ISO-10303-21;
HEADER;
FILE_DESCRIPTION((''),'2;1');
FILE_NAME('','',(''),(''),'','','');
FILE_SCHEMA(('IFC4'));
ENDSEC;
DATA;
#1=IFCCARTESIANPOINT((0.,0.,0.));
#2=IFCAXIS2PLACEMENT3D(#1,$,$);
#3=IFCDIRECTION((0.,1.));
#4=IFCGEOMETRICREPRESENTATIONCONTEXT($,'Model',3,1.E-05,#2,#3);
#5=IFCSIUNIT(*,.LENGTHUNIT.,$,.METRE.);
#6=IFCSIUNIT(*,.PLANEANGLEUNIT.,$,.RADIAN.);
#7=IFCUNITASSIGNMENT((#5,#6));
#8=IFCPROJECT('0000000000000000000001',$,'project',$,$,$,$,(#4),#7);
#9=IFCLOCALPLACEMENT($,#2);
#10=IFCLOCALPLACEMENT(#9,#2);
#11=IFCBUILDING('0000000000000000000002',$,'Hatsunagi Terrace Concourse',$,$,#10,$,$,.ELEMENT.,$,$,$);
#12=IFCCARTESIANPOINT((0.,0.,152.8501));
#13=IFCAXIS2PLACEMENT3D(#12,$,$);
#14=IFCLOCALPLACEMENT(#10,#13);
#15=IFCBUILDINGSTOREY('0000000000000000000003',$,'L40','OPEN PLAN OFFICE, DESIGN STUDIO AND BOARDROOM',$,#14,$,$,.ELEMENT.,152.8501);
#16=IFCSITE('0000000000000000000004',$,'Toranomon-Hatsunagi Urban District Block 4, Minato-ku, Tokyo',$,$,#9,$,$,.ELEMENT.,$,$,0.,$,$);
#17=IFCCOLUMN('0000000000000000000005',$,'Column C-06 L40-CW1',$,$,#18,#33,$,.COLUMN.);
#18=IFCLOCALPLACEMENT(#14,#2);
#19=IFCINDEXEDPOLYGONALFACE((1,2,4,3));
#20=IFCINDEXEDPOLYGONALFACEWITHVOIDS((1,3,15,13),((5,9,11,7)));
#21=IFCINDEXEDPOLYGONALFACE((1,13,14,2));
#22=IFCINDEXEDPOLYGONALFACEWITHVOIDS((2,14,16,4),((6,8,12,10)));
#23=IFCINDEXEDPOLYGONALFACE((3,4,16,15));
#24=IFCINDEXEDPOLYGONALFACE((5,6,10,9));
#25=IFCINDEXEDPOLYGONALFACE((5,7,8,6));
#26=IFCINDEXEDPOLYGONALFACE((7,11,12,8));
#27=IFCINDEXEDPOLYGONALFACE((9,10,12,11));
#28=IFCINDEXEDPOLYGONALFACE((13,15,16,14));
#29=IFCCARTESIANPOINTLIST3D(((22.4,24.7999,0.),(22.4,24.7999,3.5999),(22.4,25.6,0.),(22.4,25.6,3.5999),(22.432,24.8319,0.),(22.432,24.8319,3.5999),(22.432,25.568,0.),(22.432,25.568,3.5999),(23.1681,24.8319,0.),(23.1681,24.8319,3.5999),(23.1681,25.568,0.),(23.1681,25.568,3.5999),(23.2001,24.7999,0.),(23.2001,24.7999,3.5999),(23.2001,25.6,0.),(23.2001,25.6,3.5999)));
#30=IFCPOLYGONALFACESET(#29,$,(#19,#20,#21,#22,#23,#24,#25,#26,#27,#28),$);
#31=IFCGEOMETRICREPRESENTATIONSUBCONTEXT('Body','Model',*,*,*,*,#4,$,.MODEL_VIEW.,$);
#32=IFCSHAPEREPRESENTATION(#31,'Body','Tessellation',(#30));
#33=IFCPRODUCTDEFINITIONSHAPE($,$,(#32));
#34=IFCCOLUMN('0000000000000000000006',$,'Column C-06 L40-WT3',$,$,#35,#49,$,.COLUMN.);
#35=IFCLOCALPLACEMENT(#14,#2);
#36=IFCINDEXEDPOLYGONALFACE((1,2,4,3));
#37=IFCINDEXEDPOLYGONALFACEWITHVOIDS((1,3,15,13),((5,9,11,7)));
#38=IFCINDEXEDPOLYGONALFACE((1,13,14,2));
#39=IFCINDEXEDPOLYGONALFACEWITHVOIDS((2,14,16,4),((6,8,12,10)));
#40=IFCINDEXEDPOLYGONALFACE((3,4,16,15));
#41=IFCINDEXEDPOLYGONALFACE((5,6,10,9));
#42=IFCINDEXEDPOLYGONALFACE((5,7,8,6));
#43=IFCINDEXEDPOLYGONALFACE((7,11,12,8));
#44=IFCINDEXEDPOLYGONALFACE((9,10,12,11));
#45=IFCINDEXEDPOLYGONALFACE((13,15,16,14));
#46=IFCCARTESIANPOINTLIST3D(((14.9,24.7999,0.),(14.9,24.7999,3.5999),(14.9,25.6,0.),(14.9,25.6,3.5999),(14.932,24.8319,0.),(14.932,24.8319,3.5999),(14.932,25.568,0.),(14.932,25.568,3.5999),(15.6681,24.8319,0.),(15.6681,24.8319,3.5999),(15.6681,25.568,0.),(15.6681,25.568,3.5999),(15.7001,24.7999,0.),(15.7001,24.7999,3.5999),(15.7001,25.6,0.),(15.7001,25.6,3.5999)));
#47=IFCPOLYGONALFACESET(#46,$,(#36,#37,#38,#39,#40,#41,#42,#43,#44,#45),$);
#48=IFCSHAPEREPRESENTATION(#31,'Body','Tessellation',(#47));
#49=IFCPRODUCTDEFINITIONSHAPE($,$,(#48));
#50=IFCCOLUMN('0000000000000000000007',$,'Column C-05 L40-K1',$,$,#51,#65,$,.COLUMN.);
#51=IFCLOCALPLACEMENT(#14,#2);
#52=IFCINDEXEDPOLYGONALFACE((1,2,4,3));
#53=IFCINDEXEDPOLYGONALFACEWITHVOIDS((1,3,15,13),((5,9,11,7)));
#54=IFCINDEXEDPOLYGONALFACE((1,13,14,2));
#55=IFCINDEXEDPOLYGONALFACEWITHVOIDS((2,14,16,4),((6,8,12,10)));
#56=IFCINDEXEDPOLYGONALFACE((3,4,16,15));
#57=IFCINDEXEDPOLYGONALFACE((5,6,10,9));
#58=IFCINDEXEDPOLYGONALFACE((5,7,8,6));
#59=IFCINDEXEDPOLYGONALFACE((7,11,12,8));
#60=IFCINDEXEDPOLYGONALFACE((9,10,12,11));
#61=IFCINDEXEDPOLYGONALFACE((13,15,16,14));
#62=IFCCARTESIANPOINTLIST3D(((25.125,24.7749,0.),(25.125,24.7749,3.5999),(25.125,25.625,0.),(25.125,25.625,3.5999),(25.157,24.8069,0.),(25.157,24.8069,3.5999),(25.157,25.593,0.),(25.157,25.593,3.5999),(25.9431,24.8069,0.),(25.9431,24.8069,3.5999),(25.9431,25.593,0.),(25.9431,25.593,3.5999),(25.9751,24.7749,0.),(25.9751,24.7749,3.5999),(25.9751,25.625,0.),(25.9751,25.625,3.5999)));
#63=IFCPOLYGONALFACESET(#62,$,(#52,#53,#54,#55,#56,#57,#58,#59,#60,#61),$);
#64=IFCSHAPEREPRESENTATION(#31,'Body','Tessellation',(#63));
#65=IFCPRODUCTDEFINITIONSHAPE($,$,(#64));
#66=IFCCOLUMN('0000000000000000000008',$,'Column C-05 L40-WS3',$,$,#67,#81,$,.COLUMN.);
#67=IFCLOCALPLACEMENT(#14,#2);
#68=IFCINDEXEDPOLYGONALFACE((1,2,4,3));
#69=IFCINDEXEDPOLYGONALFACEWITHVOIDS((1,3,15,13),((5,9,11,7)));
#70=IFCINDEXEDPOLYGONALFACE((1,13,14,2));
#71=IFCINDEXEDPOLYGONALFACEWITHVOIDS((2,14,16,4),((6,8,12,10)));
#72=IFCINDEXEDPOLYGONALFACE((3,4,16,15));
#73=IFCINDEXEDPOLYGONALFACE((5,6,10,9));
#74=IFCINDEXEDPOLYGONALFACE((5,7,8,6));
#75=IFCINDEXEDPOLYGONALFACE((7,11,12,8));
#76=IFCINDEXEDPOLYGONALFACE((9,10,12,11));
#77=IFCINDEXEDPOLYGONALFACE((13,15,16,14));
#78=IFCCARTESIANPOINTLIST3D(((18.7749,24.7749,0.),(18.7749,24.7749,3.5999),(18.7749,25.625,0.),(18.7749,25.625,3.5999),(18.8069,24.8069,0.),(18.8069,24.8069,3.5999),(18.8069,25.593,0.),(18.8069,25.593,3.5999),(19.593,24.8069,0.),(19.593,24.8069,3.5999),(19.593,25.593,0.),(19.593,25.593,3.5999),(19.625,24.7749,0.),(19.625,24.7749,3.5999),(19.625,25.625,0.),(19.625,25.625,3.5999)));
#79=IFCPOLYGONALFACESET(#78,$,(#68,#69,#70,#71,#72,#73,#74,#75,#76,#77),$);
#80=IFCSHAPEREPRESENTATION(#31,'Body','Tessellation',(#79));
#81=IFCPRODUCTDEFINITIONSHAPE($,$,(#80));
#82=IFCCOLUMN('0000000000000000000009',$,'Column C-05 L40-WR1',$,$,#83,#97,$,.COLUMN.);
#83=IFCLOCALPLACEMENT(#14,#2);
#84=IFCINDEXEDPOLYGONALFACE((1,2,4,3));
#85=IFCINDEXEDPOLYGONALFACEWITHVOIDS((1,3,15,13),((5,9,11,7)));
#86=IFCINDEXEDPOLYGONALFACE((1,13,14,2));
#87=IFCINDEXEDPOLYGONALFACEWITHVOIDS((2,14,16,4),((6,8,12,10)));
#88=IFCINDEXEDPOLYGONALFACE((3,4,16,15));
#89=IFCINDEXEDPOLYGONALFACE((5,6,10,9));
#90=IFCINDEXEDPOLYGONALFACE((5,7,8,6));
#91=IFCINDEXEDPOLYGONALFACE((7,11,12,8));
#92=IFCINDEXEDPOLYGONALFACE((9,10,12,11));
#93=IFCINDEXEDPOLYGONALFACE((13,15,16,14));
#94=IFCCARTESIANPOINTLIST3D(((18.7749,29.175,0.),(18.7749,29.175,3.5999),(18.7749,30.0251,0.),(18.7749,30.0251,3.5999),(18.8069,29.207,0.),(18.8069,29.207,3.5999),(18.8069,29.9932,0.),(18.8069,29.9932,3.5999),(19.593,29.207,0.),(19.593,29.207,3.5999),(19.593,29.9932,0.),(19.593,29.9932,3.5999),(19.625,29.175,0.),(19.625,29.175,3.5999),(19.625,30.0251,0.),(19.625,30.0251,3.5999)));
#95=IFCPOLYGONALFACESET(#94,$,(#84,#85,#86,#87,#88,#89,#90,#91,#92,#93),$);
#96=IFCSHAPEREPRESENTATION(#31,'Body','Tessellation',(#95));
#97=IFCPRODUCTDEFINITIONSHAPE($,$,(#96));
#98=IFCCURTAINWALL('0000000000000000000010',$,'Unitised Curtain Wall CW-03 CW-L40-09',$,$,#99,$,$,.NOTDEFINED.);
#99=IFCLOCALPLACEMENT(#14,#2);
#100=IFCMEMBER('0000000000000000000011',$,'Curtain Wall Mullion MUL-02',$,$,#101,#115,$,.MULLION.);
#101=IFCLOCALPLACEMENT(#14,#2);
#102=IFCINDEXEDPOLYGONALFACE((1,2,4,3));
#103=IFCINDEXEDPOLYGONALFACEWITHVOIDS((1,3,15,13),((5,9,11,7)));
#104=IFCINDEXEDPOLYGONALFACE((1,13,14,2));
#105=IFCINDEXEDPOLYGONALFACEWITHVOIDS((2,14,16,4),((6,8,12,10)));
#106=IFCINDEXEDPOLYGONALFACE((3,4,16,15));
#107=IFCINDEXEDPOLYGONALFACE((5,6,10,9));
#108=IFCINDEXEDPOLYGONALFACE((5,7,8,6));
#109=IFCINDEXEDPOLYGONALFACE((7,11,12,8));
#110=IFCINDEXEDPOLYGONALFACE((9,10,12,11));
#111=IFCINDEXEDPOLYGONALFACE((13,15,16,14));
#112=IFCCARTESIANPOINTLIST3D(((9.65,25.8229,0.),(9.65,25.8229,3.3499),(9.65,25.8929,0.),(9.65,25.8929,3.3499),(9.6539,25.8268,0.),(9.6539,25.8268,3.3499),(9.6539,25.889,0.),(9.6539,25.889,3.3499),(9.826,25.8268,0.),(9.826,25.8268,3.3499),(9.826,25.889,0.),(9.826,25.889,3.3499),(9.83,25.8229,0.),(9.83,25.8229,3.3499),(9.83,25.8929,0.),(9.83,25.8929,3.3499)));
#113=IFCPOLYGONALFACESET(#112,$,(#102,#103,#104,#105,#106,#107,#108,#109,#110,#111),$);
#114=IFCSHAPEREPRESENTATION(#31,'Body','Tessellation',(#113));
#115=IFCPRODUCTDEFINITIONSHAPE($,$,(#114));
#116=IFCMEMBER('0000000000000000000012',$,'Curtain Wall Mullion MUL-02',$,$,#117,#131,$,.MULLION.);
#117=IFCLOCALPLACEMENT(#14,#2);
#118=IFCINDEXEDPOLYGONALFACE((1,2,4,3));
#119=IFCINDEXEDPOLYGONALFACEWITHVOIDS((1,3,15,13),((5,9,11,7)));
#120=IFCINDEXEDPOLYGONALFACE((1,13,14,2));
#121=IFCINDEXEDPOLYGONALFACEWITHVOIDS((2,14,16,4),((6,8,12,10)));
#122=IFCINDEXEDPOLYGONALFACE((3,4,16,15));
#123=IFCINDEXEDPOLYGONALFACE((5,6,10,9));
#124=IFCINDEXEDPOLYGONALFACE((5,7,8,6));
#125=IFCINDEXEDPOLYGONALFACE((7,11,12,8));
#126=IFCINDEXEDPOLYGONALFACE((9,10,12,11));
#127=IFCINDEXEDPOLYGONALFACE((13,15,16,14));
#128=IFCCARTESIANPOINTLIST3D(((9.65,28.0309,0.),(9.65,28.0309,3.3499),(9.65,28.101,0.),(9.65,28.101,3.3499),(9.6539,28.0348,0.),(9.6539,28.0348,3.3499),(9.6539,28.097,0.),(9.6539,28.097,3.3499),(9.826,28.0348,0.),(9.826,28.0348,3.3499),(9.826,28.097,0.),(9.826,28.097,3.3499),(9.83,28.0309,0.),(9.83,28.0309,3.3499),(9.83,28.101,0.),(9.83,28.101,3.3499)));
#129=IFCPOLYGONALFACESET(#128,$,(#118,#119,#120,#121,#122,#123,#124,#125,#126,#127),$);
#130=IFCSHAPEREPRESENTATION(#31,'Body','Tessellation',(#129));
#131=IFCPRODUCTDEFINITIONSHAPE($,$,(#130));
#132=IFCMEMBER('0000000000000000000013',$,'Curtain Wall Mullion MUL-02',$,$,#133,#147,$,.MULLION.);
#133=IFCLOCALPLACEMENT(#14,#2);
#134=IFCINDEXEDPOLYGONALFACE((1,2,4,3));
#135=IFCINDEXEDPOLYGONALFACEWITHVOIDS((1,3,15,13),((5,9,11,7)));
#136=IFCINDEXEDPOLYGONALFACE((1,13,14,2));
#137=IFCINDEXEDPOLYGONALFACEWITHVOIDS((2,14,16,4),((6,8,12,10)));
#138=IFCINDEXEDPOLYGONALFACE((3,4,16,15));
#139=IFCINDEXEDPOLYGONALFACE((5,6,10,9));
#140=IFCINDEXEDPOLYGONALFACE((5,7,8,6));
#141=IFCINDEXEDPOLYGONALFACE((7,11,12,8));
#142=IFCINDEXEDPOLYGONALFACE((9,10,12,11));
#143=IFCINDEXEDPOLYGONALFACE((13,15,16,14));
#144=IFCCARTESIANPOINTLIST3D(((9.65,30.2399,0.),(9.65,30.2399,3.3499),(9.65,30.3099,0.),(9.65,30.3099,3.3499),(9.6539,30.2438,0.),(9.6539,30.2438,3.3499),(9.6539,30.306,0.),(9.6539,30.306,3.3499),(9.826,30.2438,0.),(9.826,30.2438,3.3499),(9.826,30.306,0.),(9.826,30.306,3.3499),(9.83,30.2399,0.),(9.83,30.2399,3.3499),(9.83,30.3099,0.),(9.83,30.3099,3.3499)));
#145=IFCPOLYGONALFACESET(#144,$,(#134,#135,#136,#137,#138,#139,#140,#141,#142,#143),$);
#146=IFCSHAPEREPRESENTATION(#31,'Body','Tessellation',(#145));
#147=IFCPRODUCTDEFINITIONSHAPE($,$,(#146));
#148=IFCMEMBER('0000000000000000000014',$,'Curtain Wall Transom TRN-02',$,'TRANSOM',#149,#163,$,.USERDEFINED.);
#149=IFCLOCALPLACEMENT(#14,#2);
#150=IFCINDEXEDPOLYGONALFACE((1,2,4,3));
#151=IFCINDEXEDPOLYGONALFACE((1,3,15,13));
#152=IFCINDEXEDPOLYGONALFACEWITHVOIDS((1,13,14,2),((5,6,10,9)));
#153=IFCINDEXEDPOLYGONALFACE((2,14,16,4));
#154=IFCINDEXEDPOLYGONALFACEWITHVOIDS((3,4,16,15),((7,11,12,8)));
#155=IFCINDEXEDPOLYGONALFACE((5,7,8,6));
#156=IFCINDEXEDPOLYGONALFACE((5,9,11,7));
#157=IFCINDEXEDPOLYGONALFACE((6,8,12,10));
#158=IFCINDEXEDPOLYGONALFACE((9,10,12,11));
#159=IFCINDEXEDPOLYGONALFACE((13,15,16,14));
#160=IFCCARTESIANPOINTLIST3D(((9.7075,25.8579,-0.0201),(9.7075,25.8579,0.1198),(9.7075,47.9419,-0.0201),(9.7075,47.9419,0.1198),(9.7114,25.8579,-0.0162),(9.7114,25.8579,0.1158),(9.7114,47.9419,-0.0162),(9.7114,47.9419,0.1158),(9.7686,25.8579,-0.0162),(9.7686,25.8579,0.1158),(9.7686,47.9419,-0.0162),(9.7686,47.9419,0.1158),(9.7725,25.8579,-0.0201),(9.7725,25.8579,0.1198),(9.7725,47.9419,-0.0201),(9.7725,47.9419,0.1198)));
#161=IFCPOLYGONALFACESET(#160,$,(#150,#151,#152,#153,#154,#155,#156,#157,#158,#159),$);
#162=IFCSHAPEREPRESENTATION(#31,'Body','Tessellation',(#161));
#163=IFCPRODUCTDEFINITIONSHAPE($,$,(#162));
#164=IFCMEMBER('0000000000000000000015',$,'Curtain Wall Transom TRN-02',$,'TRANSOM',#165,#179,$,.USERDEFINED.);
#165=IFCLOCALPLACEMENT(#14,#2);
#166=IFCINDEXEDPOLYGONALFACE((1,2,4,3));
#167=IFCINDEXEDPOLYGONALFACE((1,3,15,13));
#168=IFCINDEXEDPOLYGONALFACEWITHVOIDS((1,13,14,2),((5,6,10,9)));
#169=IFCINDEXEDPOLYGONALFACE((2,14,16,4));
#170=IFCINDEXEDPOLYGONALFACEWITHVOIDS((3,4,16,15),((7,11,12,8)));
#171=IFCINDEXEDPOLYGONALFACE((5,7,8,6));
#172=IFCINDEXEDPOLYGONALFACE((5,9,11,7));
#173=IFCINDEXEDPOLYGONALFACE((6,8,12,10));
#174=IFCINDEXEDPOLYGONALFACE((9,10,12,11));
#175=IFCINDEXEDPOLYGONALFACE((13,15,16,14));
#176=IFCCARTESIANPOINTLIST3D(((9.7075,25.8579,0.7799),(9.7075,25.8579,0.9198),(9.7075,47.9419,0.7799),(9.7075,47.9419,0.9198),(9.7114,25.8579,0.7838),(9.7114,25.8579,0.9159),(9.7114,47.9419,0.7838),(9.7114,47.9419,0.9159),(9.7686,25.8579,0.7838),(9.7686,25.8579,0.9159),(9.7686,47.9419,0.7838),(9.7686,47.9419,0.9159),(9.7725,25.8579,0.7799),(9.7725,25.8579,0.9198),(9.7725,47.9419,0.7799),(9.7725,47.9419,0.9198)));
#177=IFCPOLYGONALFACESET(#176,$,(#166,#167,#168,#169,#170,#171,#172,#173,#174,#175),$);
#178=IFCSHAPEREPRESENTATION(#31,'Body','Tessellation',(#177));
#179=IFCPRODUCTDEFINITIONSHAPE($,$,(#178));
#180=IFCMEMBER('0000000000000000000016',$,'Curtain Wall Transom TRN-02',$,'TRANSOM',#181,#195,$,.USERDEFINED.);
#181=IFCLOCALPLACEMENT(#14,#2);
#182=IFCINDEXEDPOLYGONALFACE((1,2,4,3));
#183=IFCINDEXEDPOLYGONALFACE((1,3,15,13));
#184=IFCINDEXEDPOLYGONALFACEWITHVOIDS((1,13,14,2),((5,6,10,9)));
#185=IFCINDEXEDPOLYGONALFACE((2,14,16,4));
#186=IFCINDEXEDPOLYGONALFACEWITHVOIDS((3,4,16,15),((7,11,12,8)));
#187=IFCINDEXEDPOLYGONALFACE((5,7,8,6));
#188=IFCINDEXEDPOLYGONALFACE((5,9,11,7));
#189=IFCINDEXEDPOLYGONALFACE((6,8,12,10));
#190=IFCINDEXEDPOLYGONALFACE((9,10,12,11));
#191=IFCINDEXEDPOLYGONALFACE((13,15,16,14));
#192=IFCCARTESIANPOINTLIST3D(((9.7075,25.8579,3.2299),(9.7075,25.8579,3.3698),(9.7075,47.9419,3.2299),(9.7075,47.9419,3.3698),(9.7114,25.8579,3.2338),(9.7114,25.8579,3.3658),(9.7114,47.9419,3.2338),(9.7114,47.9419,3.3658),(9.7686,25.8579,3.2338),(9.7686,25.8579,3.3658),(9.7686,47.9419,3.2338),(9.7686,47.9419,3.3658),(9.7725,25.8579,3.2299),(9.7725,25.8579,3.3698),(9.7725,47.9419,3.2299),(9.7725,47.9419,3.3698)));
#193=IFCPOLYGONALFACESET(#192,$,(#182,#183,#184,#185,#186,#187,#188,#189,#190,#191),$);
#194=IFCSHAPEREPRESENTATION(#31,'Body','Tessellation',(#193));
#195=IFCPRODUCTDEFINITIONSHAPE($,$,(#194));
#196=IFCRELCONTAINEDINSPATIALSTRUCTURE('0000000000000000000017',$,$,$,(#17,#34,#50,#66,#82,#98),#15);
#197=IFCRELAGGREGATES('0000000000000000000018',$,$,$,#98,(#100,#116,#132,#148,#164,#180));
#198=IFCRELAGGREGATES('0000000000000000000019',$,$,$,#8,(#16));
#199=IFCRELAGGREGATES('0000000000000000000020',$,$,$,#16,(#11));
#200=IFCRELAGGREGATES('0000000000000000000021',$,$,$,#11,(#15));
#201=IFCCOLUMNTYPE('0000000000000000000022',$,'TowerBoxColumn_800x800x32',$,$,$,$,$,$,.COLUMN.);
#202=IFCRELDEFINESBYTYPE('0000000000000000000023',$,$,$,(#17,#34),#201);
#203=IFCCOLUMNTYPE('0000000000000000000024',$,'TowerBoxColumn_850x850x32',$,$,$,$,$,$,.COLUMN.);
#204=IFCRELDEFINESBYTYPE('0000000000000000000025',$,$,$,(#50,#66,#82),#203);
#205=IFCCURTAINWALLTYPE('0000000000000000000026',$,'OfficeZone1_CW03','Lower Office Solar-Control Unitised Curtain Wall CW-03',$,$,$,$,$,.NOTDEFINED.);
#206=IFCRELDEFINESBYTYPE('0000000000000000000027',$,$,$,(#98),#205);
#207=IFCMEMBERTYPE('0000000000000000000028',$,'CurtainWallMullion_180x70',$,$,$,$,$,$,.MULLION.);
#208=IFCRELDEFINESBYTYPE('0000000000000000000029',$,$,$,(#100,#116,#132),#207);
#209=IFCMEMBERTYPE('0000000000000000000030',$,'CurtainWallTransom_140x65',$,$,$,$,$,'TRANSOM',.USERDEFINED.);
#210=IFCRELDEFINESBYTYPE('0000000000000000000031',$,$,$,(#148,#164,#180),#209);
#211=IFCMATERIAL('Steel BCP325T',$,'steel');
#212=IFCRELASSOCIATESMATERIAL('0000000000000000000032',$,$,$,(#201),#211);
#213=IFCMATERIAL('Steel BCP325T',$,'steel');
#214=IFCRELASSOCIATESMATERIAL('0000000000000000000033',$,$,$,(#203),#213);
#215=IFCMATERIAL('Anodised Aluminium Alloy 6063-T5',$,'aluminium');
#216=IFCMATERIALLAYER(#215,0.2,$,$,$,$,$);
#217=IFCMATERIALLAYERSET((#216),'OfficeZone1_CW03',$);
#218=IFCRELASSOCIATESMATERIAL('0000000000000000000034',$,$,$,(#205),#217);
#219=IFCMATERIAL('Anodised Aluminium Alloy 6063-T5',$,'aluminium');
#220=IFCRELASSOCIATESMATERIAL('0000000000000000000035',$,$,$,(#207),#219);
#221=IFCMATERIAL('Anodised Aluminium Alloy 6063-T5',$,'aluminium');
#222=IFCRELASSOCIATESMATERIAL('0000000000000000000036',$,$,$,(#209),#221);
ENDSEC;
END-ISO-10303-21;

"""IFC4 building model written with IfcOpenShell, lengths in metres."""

from ifc_helpers import new_model, si_unit, direction, frame, origin, origin_2d, place, context, subcontext, project, spatial, hollow_rectangle, extrude, material, layer, layer_set, material_profile, profile_set, type_object, element, aggregate, save


model = new_model("IFC4")

# Units and contexts
model_context = context("Model", 3, precision=1e-05, world=origin(), true_north=direction((0.0, 1.0)))
body_context = subcontext(model_context, "Body", "Model", "MODEL_VIEW")
ifc_project = project(units=[si_unit("LENGTHUNIT", "METRE"), si_unit("PLANEANGLEUNIT", "RADIAN")], contexts=[model_context])

# Site, building, storey
site_placement = place(None, origin())
site = spatial("IfcSite", under=ifc_project, at=site_placement, Name="Toranomon-Hatsunagi Urban District Block 4, Minato-ku, Tokyo", CompositionType="ELEMENT", RefElevation=0.0)
building_placement = place(site_placement, origin())
building = spatial("IfcBuilding", under=site, at=building_placement, Name="Hatsunagi Terrace Concourse", CompositionType="ELEMENT")
storey_placement = place(building_placement, frame((0.0, 0.0, 152.8501)))
storey = spatial("IfcBuildingStorey", under=building, at=storey_placement, Name="L40", Description="OPEN PLAN OFFICE, DESIGN STUDIO AND BOARDROOM", CompositionType="ELEMENT", Elevation=152.8501)

# Columns
ifc_material_1 = material(Name="Steel BCP325T", Category="steel")
ifc_material_profile_1 = material_profile(ifc_material_1, hollow_rectangle(XDim=0.8, YDim=0.8, WallThickness=0.032, at=origin_2d()), Name="BCP-800x800x32")
ifc_profile_set_1 = profile_set([ifc_material_profile_1], Name="Steel BCP325T")
column_type_1 = type_object("IfcColumnType", Name="TowerBoxColumn_800x800x32", PredefinedType="COLUMN", material=ifc_profile_set_1)
for number, where, z_axis, x_axis, name in (
    (1, (22.8, 25.2, 0.0), (0.0, 0.0, 1.0), (1.0, 0.0, 0.0), "Column C-06 L40-CW1"),
    (2, (15.3, 25.2, 0.0), (0.0, 0.0, 1.0), (1.0, 0.0, 0.0), "Column C-06 L40-WT3"),
):
    element("IfcColumn", number, at=place(storey_placement, frame(where, z_axis=z_axis, x_axis=x_axis)), inside=storey, type_object=column_type_1, Name=name, PredefinedType="COLUMN", context=body_context, shape_type="SweptSolid", body=[
        extrude(hollow_rectangle(XDim=0.8, YDim=0.8, WallThickness=0.032, at=origin_2d()), origin(), (0.0, 0.0, 1.0), 3.5999),
    ])
ifc_material_2 = material(Name="Steel BCP325T", Category="steel")
ifc_material_profile_2 = material_profile(ifc_material_2, hollow_rectangle(XDim=0.8501, YDim=0.8501, WallThickness=0.032, at=origin_2d()), Name="BCP-850x850x32")
ifc_profile_set_2 = profile_set([ifc_material_profile_2], Name="Steel BCP325T")
column_type_2 = type_object("IfcColumnType", Name="TowerBoxColumn_850x850x32", PredefinedType="COLUMN", material=ifc_profile_set_2)
for number, where, z_axis, x_axis, name in (
    (3, (25.55, 25.2, 0.0), (0.0, 0.0, 1.0), (1.0, 0.0, 0.0), "Column C-05 L40-K1"),
    (4, (19.2, 25.2, 0.0), (0.0, 0.0, 1.0), (1.0, 0.0, 0.0), "Column C-05 L40-WS3"),
    (5, (19.2, 29.6001, 0.0), (0.0, 0.0, 1.0), (1.0, 0.0, 0.0), "Column C-05 L40-WR1"),
):
    element("IfcColumn", number, at=place(storey_placement, frame(where, z_axis=z_axis, x_axis=x_axis)), inside=storey, type_object=column_type_2, Name=name, PredefinedType="COLUMN", context=body_context, shape_type="SweptSolid", body=[
        extrude(hollow_rectangle(XDim=0.8501, YDim=0.8501, WallThickness=0.032, at=origin_2d()), origin(), (0.0, 0.0, 1.0), 3.5999),
    ])

# Curtain wall, members
ifc_material_3 = material(Name="Anodised Aluminium Alloy 6063-T5", Category="aluminium")
ifc_layer_1 = layer(ifc_material_3, 0.2)
ifc_layer_set_1 = layer_set([ifc_layer_1], Name="OfficeZone1_CW03")
curtain_wall_type = type_object("IfcCurtainWallType", Name="OfficeZone1_CW03", Description="Lower Office Solar-Control Unitised Curtain Wall CW-03", PredefinedType="NOTDEFINED", material=ifc_layer_set_1)
curtain_wall_placement = place(storey_placement, origin())
curtain_wall = element("IfcCurtainWall", 6, at=curtain_wall_placement, inside=storey, type_object=curtain_wall_type, Name="Unitised Curtain Wall CW-03 CW-L40-09", PredefinedType="NOTDEFINED")
ifc_material_4 = material(Name="Anodised Aluminium Alloy 6063-T5", Category="aluminium")
ifc_material_profile_3 = material_profile(ifc_material_4, hollow_rectangle(XDim=0.0701, YDim=0.1799, WallThickness=0.0039, at=origin_2d()), Name="ALU-MUL-180x70x4")
ifc_profile_set_3 = profile_set([ifc_material_profile_3], Name="Anodised Aluminium Alloy 6063-T5")
member_type_1 = type_object("IfcMemberType", Name="CurtainWallMullion_180x70", PredefinedType="MULLION", material=ifc_profile_set_3)
member_1_placement = place(storey_placement, frame((9.74, 25.8579, 0.0), z_axis=(0.0, 0.0, 1.0), x_axis=(0.0, 1.0, 0.0)))
member_1 = element("IfcMember", 7, at=member_1_placement, type_object=member_type_1, Name="Curtain Wall Mullion MUL-02", PredefinedType="MULLION", context=body_context, shape_type="SweptSolid", body=[
    extrude(hollow_rectangle(XDim=0.0701, YDim=0.1799, WallThickness=0.0039, at=origin_2d()), origin(), (0.0, 0.0, 1.0), 3.3499),
])
member_2_placement = place(storey_placement, frame((9.74, 28.0659, 0.0), z_axis=(0.0, 0.0, 1.0), x_axis=(0.0, 1.0, 0.0)))
member_2 = element("IfcMember", 8, at=member_2_placement, type_object=member_type_1, Name="Curtain Wall Mullion MUL-02", PredefinedType="MULLION", context=body_context, shape_type="SweptSolid", body=[
    extrude(hollow_rectangle(XDim=0.0701, YDim=0.1799, WallThickness=0.0039, at=origin_2d()), origin(), (0.0, 0.0, 1.0), 3.3499),
])
member_3_placement = place(storey_placement, frame((9.74, 30.2749, 0.0), z_axis=(0.0, 0.0, 1.0), x_axis=(0.0, 1.0, 0.0)))
member_3 = element("IfcMember", 9, at=member_3_placement, type_object=member_type_1, Name="Curtain Wall Mullion MUL-02", PredefinedType="MULLION", context=body_context, shape_type="SweptSolid", body=[
    extrude(hollow_rectangle(XDim=0.0701, YDim=0.1799, WallThickness=0.0039, at=origin_2d()), origin(), (0.0, 0.0, 1.0), 3.3499),
])
ifc_material_5 = material(Name="Anodised Aluminium Alloy 6063-T5", Category="aluminium")
ifc_material_profile_4 = material_profile(ifc_material_5, hollow_rectangle(XDim=0.0649, YDim=0.1399, WallThickness=0.0039, at=origin_2d()), Name="ALU-TRN-140x65x4")
ifc_profile_set_4 = profile_set([ifc_material_profile_4], Name="Anodised Aluminium Alloy 6063-T5")
member_type_2 = type_object("IfcMemberType", Name="CurtainWallTransom_140x65", ElementType="TRANSOM", PredefinedType="USERDEFINED", material=ifc_profile_set_4)
member_4_placement = place(storey_placement, frame((9.74, 25.8579, 0.0498), z_axis=(0.0, 1.0, 0.0), x_axis=(-1.0, 0.0, 0.0)))
member_4 = element("IfcMember", 10, at=member_4_placement, type_object=member_type_2, Name="Curtain Wall Transom TRN-02", ObjectType="TRANSOM", PredefinedType="USERDEFINED", context=body_context, shape_type="SweptSolid", body=[
    extrude(hollow_rectangle(XDim=0.0649, YDim=0.1399, WallThickness=0.0039, at=origin_2d()), origin(), (0.0, 0.0, 1.0), 22.084),
])
member_5_placement = place(storey_placement, frame((9.74, 25.8579, 0.8499), z_axis=(0.0, 1.0, 0.0), x_axis=(-1.0, 0.0, 0.0)))
member_5 = element("IfcMember", 11, at=member_5_placement, type_object=member_type_2, Name="Curtain Wall Transom TRN-02", ObjectType="TRANSOM", PredefinedType="USERDEFINED", context=body_context, shape_type="SweptSolid", body=[
    extrude(hollow_rectangle(XDim=0.0649, YDim=0.1399, WallThickness=0.0039, at=origin_2d()), origin(), (0.0, 0.0, 1.0), 22.084),
])
member_6_placement = place(storey_placement, frame((9.74, 25.8579, 3.2998), z_axis=(0.0, 1.0, 0.0), x_axis=(-1.0, 0.0, 0.0)))
member_6 = element("IfcMember", 12, at=member_6_placement, type_object=member_type_2, Name="Curtain Wall Transom TRN-02", ObjectType="TRANSOM", PredefinedType="USERDEFINED", context=body_context, shape_type="SweptSolid", body=[
    extrude(hollow_rectangle(XDim=0.0649, YDim=0.1399, WallThickness=0.0039, at=origin_2d()), origin(), (0.0, 0.0, 1.0), 22.084),
])

aggregate(curtain_wall, [member_1, member_2, member_3, member_4, member_5, member_6])

save(model, "model.ifc")
